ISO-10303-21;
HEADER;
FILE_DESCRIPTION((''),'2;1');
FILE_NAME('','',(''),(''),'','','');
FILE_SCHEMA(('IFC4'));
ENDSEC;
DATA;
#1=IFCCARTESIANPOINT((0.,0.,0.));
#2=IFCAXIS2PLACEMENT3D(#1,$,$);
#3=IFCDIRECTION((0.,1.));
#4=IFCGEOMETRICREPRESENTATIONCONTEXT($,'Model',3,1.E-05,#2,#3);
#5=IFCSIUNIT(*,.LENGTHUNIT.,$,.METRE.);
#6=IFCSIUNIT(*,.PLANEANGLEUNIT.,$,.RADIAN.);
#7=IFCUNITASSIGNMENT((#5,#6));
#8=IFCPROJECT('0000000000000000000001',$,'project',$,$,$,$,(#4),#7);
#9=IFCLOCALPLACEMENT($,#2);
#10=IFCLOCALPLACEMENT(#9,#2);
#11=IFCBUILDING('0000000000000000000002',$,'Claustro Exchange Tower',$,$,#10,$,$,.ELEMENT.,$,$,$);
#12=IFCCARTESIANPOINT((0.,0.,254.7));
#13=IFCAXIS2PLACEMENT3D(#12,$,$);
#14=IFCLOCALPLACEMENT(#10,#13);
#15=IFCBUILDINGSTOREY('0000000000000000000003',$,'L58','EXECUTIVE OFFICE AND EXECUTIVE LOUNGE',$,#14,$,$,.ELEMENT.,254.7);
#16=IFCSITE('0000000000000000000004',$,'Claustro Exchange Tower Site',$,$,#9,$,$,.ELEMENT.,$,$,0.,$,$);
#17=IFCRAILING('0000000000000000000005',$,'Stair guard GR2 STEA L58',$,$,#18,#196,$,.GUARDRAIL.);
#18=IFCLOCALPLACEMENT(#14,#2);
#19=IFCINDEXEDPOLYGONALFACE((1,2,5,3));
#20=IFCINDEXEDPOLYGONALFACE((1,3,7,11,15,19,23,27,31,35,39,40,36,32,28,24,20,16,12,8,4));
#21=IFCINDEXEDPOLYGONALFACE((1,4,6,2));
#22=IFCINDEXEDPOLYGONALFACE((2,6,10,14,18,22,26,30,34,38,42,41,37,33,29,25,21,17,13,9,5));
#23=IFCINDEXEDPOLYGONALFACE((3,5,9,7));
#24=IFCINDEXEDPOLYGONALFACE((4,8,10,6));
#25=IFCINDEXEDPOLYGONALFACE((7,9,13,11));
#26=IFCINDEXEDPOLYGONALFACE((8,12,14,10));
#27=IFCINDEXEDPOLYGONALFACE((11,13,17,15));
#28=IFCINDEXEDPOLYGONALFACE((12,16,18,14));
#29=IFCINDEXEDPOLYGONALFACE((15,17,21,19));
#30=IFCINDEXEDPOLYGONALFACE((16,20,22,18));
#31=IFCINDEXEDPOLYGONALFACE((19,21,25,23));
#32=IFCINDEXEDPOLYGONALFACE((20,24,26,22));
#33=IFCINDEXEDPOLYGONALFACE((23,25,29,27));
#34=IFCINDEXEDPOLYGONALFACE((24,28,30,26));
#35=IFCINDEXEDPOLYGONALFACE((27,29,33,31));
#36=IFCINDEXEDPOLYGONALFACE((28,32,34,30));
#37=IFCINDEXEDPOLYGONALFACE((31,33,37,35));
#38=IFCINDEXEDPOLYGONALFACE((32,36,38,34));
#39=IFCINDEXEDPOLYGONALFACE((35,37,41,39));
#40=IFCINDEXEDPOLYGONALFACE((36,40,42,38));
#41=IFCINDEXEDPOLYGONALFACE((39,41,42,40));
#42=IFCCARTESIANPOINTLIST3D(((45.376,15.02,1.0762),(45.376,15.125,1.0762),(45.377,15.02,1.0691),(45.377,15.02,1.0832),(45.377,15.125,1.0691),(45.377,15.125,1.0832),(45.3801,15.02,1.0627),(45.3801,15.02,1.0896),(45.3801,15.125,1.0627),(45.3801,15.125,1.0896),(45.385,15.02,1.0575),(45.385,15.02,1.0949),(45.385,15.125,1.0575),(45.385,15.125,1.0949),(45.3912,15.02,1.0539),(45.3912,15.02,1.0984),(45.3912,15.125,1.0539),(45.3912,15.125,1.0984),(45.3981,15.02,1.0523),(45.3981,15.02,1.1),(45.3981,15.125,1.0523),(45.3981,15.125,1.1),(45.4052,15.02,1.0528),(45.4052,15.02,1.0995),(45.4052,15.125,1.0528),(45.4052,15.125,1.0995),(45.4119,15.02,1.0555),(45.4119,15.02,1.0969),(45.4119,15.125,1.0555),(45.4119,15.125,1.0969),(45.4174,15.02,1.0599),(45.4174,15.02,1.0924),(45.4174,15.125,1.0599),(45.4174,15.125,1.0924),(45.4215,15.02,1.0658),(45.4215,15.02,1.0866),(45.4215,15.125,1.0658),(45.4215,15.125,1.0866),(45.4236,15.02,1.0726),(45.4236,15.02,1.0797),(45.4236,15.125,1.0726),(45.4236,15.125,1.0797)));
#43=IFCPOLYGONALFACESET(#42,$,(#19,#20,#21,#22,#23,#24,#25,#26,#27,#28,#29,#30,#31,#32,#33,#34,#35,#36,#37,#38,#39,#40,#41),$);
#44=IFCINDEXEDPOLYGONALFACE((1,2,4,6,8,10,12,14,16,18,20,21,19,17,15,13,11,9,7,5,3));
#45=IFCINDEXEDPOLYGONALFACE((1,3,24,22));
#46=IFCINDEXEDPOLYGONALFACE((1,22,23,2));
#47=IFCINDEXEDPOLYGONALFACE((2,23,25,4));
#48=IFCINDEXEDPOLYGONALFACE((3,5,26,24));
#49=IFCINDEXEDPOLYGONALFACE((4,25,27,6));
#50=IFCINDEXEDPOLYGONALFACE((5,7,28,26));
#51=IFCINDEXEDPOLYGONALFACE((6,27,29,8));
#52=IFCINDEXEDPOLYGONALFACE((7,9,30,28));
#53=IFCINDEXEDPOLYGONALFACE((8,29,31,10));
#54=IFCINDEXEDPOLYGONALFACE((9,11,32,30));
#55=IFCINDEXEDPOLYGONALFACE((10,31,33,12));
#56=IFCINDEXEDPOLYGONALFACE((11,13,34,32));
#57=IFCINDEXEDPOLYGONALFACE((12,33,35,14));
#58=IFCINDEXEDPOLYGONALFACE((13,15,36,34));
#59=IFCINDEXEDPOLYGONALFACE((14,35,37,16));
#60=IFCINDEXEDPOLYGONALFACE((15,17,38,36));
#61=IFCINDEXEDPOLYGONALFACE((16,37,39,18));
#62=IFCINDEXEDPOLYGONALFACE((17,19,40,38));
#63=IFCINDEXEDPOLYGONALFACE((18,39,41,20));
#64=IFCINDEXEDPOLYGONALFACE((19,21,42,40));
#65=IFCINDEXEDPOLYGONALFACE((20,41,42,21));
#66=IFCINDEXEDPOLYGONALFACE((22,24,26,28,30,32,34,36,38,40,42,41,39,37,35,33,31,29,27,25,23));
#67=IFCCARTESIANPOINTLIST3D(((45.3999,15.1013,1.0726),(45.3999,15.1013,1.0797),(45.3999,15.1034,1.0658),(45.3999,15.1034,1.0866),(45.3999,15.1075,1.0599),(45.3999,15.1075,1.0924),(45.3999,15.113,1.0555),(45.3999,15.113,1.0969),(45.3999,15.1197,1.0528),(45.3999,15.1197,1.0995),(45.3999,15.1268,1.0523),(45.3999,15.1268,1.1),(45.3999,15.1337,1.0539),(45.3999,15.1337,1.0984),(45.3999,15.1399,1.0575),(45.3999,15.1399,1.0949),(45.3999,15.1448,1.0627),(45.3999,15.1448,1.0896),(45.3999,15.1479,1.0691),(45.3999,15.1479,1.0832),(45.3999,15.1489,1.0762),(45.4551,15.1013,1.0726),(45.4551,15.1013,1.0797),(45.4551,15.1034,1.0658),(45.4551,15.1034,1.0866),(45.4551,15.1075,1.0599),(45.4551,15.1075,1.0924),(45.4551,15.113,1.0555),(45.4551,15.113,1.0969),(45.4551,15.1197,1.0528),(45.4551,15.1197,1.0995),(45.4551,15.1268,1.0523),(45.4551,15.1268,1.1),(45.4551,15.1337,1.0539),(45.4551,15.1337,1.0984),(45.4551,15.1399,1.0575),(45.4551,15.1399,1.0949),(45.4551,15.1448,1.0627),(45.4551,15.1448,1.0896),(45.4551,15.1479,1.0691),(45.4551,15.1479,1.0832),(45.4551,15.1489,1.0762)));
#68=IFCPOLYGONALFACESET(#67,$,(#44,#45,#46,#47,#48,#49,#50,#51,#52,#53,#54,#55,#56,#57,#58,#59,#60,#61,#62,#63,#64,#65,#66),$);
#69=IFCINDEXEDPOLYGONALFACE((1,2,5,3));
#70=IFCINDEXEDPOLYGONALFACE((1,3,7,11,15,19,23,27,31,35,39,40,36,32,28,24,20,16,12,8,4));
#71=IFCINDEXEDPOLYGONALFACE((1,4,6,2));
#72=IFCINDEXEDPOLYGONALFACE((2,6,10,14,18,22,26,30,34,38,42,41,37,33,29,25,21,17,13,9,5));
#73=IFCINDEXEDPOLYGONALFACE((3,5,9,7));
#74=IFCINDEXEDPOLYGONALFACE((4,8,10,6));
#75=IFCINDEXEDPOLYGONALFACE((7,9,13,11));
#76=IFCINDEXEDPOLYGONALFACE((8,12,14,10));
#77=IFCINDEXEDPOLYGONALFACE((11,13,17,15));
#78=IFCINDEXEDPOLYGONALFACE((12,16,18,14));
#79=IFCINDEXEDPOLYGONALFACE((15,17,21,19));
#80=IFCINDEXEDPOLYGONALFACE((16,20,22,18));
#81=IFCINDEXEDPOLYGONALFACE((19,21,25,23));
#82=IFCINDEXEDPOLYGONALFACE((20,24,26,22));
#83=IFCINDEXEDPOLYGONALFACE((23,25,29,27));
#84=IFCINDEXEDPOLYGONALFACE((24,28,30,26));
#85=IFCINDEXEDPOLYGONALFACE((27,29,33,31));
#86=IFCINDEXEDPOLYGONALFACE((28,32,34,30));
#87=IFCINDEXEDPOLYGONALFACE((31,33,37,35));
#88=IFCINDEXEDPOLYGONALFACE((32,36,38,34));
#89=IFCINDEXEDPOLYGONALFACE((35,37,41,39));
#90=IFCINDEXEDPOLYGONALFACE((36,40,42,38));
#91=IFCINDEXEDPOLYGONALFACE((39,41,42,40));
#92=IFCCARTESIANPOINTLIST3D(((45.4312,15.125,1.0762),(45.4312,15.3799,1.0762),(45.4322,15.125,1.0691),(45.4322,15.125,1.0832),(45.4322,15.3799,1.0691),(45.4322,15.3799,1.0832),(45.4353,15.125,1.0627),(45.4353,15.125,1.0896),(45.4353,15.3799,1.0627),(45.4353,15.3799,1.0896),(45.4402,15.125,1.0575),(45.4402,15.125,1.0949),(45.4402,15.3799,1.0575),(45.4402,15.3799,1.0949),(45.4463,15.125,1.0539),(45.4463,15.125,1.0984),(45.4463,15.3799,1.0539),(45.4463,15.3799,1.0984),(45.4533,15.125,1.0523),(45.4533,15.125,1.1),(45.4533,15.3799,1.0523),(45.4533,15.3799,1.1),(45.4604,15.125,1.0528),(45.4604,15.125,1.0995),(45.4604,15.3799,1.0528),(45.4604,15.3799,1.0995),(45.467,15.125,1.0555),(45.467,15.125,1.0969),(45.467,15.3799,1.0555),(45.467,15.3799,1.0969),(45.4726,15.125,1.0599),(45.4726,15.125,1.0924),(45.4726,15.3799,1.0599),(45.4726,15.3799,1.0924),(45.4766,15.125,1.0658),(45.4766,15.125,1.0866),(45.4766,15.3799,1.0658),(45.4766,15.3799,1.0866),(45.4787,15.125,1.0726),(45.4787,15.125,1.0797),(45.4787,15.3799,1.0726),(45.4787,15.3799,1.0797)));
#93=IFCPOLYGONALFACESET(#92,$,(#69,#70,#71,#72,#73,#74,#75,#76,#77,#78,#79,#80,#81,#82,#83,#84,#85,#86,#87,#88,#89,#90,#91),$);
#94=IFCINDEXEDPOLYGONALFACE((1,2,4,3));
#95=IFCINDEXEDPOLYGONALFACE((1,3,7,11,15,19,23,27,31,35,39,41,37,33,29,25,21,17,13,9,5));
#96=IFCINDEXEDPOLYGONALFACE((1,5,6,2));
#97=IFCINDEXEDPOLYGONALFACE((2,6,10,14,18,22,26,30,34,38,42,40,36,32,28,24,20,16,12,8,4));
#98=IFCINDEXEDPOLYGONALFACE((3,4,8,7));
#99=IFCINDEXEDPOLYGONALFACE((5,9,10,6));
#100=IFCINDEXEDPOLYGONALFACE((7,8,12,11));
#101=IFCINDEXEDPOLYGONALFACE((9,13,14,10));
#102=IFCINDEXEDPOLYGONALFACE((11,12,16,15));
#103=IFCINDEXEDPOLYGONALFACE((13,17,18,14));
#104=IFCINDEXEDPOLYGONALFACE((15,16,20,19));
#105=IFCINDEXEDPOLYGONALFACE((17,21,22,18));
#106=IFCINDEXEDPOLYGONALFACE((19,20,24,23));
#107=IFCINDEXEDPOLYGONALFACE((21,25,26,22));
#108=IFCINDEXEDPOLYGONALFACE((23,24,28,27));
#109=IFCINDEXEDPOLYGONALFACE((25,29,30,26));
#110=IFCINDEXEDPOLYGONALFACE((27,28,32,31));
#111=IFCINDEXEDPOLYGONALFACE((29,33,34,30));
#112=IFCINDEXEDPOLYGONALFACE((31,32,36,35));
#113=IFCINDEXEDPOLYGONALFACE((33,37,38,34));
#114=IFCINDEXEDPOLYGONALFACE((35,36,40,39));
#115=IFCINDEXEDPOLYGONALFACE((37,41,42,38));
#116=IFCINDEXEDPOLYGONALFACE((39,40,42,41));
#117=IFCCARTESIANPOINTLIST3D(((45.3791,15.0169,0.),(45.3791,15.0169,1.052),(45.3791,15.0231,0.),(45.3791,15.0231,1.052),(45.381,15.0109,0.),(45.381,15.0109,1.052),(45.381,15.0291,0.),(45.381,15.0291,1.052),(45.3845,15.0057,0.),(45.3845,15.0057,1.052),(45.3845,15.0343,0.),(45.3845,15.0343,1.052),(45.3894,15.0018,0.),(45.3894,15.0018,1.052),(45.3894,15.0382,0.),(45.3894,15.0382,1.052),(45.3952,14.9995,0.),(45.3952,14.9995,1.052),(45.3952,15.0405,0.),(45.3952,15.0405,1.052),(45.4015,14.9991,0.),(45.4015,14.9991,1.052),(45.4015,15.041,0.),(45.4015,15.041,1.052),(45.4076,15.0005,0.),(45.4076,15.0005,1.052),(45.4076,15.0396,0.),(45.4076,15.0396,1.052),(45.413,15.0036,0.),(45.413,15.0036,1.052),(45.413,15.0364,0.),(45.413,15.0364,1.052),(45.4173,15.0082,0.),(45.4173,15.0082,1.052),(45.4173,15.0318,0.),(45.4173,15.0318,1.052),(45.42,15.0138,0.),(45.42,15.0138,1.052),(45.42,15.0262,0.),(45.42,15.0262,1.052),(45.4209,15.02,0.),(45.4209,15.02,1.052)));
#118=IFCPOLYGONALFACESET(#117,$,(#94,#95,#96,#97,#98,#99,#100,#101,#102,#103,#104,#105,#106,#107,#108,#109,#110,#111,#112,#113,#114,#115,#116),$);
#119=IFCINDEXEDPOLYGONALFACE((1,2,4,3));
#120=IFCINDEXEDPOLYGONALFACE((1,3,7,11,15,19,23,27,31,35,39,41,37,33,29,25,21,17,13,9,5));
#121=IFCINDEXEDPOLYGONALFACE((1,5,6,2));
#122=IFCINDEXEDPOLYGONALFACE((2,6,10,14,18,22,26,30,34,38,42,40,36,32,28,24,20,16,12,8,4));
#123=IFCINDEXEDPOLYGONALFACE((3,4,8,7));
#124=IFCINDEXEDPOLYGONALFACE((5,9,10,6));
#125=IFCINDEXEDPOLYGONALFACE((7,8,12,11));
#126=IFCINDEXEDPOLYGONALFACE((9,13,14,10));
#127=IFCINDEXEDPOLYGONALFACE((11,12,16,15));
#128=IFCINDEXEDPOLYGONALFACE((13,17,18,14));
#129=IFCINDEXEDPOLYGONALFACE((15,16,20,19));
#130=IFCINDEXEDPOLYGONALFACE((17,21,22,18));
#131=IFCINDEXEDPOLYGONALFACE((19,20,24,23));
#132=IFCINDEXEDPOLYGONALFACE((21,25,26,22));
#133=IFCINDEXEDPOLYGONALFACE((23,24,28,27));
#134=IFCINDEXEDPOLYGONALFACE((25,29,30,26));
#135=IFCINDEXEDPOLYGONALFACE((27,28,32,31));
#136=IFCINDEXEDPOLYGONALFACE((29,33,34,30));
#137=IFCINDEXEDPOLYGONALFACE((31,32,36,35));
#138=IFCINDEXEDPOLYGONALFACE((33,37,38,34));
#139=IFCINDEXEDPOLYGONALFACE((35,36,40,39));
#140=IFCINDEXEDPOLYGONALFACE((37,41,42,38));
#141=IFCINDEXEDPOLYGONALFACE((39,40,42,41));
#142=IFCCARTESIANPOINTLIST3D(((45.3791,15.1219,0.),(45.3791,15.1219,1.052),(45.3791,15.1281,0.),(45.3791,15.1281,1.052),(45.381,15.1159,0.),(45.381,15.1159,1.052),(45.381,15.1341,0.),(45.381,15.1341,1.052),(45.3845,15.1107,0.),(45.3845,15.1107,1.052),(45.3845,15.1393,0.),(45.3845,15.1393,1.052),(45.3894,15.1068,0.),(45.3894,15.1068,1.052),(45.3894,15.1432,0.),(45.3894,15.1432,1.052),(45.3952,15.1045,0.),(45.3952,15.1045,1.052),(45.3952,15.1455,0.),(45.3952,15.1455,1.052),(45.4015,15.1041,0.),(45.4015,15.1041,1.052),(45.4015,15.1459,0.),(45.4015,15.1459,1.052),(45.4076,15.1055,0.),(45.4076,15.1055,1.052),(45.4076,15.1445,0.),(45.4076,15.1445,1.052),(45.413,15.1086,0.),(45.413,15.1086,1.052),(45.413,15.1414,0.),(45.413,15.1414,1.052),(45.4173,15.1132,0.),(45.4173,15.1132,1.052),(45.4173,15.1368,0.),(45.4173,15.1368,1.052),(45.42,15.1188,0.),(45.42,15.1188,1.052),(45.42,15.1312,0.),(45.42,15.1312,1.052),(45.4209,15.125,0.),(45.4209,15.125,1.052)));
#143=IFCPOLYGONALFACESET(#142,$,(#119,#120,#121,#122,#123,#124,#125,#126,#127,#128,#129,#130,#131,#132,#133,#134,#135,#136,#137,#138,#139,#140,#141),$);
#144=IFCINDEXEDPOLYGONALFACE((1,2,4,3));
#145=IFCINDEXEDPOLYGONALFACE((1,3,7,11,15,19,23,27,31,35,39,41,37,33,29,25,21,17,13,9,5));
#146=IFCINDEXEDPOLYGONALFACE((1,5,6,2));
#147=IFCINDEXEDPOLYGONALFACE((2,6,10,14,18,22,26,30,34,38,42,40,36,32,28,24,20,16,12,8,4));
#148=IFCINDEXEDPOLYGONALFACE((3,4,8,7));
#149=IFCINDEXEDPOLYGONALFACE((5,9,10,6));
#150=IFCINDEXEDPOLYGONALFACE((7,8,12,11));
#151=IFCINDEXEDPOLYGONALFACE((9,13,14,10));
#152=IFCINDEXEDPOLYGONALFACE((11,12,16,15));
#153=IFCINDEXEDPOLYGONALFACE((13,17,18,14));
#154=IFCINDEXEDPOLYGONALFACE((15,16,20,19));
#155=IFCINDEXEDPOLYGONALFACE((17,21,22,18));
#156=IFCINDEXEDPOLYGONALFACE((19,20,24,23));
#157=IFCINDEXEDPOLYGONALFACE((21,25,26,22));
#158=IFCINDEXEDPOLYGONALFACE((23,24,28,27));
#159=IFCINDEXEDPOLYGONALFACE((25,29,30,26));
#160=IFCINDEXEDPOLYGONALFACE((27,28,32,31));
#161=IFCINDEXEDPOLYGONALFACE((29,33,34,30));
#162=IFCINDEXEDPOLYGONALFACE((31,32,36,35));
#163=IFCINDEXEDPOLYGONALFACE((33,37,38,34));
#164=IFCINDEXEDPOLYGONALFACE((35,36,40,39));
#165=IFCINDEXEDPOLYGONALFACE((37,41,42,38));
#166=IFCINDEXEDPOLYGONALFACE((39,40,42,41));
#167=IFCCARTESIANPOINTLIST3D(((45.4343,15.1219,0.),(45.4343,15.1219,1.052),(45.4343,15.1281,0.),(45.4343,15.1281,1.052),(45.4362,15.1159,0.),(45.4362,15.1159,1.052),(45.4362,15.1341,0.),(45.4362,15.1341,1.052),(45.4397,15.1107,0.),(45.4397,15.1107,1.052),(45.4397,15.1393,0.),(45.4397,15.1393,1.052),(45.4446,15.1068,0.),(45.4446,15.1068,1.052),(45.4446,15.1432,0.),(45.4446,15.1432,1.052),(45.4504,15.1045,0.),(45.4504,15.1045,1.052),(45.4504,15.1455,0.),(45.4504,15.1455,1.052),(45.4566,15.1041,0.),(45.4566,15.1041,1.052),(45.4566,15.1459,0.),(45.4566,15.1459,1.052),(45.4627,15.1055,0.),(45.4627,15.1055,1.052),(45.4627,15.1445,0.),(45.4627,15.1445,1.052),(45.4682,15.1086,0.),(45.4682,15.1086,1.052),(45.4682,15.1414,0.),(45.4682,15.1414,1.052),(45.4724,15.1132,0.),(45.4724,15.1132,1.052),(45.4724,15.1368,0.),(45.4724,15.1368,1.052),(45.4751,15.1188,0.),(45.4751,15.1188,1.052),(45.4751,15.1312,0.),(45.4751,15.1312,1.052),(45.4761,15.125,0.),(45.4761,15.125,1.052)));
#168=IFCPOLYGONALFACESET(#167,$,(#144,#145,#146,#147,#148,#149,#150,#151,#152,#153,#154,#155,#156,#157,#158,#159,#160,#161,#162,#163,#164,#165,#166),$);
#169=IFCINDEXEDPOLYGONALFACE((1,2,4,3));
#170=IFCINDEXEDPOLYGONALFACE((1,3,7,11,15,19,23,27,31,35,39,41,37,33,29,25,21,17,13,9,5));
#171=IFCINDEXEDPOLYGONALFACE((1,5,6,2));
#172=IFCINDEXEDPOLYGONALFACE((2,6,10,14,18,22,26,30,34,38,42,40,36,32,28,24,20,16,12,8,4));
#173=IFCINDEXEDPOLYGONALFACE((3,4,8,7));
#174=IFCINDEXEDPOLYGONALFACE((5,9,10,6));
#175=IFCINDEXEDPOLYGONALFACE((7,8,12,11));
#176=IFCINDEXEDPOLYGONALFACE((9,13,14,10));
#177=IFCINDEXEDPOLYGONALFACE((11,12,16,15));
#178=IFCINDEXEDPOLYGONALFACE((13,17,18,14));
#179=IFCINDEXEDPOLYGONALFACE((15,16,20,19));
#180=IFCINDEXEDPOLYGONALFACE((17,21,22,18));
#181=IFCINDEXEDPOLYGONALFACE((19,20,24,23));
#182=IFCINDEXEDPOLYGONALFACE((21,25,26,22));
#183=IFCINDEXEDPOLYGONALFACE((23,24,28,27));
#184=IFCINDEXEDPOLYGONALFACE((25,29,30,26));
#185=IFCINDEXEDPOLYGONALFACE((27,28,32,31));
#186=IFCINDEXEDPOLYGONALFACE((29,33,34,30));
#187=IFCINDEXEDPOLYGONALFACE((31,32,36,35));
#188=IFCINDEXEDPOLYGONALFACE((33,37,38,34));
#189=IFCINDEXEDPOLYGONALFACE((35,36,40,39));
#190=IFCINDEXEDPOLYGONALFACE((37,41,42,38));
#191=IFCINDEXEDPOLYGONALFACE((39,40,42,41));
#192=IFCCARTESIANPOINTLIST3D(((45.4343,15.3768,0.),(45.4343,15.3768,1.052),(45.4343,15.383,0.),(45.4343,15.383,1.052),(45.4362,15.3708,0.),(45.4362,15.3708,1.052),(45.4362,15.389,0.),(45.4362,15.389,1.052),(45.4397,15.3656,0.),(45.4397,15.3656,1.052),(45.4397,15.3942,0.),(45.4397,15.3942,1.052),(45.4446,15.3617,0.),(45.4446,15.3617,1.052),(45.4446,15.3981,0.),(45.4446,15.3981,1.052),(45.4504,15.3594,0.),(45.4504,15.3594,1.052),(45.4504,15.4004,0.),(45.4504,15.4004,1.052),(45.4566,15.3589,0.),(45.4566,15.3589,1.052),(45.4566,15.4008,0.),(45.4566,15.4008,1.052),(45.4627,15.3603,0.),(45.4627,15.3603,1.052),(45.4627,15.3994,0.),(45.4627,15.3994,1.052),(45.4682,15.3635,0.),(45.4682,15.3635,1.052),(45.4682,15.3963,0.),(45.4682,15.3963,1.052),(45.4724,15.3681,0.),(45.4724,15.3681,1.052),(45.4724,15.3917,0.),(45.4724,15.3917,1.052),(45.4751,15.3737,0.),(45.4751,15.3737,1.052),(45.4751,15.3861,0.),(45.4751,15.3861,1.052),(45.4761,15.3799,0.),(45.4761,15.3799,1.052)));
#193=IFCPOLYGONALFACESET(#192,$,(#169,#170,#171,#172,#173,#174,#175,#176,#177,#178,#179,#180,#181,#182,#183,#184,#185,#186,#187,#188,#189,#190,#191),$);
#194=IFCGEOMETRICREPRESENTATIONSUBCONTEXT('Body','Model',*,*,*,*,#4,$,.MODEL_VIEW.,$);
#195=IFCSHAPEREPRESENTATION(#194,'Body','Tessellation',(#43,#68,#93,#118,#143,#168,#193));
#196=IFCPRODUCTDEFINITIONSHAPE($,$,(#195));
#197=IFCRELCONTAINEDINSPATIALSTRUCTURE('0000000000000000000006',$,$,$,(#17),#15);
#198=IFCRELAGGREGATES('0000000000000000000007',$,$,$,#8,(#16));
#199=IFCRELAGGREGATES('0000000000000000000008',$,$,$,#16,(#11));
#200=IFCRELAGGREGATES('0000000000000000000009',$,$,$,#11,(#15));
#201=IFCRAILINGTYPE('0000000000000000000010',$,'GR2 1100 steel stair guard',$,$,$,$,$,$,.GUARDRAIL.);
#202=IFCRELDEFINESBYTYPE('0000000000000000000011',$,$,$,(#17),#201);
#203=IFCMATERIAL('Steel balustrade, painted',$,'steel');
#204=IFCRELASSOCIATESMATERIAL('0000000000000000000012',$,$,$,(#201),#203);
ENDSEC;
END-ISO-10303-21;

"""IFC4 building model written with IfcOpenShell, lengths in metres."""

from ifc_helpers import new_model, si_unit, direction, frame, origin, origin_2d, place, context, subcontext, project, spatial, circle, extrude, material, type_object, element, save


model = new_model("IFC4")

# Units and contexts
model_context = context("Model", 3, precision=1e-05, world=origin(), true_north=direction((0.0, 1.0)))
body_context = subcontext(model_context, "Body", "Model", "MODEL_VIEW")
ifc_project = project(units=[si_unit("LENGTHUNIT", "METRE"), si_unit("PLANEANGLEUNIT", "RADIAN")], contexts=[model_context])

# Site, building, storey
site_placement = place(None, origin())
site = spatial("IfcSite", under=ifc_project, at=site_placement, Name="Claustro Exchange Tower Site", CompositionType="ELEMENT", RefElevation=0.0)
building_placement = place(site_placement, origin())
building = spatial("IfcBuilding", under=site, at=building_placement, Name="Claustro Exchange Tower", CompositionType="ELEMENT")
storey_placement = place(building_placement, frame((0.0, 0.0, 254.7)))
storey = spatial("IfcBuildingStorey", under=building, at=storey_placement, Name="L58", Description="EXECUTIVE OFFICE AND EXECUTIVE LOUNGE", CompositionType="ELEMENT", Elevation=254.7)

# Railing
ifc_material_1 = material(Name="Steel balustrade, painted", Category="steel")
railing_type_1 = type_object("IfcRailingType", Name="GR2 1100 steel stair guard", PredefinedType="GUARDRAIL", material=ifc_material_1)
railing_1_placement = place(storey_placement, frame((45.3999, 15.02, 0.0)))
element("IfcRailing", 1, at=railing_1_placement, inside=storey, type_object=railing_type_1, Name="Stair guard GR2 STEA L58", PredefinedType="GUARDRAIL", context=body_context, shape_type="SweptSolid", body=[
    extrude(circle(Radius=0.0239, at=origin_2d()), frame((0.0, 0.0, 1.0762), z_axis=(0.0, 1.0, 0.0), x_axis=(-1.0, 0.0, 0.0)), (0.0, 0.0, 1.0), 0.105),
    extrude(circle(Radius=0.0239, at=origin_2d()), frame((0.0, 0.105, 1.0762), z_axis=(1.0, 0.0, 0.0), x_axis=(0.0, 1.0, 0.0)), (0.0, 0.0, 1.0), 0.0552),
    extrude(circle(Radius=0.0239, at=origin_2d()), frame((0.0552, 0.105, 1.0762), z_axis=(0.0, 1.0, 0.0), x_axis=(-1.0, 0.0, 0.0)), (0.0, 0.0, 1.0), 0.2549),
    extrude(circle(Radius=0.021, at=origin_2d()), origin(), (0.0, 0.0, 1.0), 1.052),
    extrude(circle(Radius=0.021, at=origin_2d()), frame((0.0, 0.105, 0.0)), (0.0, 0.0, 1.0), 1.052),
    extrude(circle(Radius=0.021, at=origin_2d()), frame((0.0552, 0.105, 0.0)), (0.0, 0.0, 1.0), 1.052),
    extrude(circle(Radius=0.021, at=origin_2d()), frame((0.0552, 0.3599, 0.0)), (0.0, 0.0, 1.0), 1.052),
])

save(model, "model.ifc")
